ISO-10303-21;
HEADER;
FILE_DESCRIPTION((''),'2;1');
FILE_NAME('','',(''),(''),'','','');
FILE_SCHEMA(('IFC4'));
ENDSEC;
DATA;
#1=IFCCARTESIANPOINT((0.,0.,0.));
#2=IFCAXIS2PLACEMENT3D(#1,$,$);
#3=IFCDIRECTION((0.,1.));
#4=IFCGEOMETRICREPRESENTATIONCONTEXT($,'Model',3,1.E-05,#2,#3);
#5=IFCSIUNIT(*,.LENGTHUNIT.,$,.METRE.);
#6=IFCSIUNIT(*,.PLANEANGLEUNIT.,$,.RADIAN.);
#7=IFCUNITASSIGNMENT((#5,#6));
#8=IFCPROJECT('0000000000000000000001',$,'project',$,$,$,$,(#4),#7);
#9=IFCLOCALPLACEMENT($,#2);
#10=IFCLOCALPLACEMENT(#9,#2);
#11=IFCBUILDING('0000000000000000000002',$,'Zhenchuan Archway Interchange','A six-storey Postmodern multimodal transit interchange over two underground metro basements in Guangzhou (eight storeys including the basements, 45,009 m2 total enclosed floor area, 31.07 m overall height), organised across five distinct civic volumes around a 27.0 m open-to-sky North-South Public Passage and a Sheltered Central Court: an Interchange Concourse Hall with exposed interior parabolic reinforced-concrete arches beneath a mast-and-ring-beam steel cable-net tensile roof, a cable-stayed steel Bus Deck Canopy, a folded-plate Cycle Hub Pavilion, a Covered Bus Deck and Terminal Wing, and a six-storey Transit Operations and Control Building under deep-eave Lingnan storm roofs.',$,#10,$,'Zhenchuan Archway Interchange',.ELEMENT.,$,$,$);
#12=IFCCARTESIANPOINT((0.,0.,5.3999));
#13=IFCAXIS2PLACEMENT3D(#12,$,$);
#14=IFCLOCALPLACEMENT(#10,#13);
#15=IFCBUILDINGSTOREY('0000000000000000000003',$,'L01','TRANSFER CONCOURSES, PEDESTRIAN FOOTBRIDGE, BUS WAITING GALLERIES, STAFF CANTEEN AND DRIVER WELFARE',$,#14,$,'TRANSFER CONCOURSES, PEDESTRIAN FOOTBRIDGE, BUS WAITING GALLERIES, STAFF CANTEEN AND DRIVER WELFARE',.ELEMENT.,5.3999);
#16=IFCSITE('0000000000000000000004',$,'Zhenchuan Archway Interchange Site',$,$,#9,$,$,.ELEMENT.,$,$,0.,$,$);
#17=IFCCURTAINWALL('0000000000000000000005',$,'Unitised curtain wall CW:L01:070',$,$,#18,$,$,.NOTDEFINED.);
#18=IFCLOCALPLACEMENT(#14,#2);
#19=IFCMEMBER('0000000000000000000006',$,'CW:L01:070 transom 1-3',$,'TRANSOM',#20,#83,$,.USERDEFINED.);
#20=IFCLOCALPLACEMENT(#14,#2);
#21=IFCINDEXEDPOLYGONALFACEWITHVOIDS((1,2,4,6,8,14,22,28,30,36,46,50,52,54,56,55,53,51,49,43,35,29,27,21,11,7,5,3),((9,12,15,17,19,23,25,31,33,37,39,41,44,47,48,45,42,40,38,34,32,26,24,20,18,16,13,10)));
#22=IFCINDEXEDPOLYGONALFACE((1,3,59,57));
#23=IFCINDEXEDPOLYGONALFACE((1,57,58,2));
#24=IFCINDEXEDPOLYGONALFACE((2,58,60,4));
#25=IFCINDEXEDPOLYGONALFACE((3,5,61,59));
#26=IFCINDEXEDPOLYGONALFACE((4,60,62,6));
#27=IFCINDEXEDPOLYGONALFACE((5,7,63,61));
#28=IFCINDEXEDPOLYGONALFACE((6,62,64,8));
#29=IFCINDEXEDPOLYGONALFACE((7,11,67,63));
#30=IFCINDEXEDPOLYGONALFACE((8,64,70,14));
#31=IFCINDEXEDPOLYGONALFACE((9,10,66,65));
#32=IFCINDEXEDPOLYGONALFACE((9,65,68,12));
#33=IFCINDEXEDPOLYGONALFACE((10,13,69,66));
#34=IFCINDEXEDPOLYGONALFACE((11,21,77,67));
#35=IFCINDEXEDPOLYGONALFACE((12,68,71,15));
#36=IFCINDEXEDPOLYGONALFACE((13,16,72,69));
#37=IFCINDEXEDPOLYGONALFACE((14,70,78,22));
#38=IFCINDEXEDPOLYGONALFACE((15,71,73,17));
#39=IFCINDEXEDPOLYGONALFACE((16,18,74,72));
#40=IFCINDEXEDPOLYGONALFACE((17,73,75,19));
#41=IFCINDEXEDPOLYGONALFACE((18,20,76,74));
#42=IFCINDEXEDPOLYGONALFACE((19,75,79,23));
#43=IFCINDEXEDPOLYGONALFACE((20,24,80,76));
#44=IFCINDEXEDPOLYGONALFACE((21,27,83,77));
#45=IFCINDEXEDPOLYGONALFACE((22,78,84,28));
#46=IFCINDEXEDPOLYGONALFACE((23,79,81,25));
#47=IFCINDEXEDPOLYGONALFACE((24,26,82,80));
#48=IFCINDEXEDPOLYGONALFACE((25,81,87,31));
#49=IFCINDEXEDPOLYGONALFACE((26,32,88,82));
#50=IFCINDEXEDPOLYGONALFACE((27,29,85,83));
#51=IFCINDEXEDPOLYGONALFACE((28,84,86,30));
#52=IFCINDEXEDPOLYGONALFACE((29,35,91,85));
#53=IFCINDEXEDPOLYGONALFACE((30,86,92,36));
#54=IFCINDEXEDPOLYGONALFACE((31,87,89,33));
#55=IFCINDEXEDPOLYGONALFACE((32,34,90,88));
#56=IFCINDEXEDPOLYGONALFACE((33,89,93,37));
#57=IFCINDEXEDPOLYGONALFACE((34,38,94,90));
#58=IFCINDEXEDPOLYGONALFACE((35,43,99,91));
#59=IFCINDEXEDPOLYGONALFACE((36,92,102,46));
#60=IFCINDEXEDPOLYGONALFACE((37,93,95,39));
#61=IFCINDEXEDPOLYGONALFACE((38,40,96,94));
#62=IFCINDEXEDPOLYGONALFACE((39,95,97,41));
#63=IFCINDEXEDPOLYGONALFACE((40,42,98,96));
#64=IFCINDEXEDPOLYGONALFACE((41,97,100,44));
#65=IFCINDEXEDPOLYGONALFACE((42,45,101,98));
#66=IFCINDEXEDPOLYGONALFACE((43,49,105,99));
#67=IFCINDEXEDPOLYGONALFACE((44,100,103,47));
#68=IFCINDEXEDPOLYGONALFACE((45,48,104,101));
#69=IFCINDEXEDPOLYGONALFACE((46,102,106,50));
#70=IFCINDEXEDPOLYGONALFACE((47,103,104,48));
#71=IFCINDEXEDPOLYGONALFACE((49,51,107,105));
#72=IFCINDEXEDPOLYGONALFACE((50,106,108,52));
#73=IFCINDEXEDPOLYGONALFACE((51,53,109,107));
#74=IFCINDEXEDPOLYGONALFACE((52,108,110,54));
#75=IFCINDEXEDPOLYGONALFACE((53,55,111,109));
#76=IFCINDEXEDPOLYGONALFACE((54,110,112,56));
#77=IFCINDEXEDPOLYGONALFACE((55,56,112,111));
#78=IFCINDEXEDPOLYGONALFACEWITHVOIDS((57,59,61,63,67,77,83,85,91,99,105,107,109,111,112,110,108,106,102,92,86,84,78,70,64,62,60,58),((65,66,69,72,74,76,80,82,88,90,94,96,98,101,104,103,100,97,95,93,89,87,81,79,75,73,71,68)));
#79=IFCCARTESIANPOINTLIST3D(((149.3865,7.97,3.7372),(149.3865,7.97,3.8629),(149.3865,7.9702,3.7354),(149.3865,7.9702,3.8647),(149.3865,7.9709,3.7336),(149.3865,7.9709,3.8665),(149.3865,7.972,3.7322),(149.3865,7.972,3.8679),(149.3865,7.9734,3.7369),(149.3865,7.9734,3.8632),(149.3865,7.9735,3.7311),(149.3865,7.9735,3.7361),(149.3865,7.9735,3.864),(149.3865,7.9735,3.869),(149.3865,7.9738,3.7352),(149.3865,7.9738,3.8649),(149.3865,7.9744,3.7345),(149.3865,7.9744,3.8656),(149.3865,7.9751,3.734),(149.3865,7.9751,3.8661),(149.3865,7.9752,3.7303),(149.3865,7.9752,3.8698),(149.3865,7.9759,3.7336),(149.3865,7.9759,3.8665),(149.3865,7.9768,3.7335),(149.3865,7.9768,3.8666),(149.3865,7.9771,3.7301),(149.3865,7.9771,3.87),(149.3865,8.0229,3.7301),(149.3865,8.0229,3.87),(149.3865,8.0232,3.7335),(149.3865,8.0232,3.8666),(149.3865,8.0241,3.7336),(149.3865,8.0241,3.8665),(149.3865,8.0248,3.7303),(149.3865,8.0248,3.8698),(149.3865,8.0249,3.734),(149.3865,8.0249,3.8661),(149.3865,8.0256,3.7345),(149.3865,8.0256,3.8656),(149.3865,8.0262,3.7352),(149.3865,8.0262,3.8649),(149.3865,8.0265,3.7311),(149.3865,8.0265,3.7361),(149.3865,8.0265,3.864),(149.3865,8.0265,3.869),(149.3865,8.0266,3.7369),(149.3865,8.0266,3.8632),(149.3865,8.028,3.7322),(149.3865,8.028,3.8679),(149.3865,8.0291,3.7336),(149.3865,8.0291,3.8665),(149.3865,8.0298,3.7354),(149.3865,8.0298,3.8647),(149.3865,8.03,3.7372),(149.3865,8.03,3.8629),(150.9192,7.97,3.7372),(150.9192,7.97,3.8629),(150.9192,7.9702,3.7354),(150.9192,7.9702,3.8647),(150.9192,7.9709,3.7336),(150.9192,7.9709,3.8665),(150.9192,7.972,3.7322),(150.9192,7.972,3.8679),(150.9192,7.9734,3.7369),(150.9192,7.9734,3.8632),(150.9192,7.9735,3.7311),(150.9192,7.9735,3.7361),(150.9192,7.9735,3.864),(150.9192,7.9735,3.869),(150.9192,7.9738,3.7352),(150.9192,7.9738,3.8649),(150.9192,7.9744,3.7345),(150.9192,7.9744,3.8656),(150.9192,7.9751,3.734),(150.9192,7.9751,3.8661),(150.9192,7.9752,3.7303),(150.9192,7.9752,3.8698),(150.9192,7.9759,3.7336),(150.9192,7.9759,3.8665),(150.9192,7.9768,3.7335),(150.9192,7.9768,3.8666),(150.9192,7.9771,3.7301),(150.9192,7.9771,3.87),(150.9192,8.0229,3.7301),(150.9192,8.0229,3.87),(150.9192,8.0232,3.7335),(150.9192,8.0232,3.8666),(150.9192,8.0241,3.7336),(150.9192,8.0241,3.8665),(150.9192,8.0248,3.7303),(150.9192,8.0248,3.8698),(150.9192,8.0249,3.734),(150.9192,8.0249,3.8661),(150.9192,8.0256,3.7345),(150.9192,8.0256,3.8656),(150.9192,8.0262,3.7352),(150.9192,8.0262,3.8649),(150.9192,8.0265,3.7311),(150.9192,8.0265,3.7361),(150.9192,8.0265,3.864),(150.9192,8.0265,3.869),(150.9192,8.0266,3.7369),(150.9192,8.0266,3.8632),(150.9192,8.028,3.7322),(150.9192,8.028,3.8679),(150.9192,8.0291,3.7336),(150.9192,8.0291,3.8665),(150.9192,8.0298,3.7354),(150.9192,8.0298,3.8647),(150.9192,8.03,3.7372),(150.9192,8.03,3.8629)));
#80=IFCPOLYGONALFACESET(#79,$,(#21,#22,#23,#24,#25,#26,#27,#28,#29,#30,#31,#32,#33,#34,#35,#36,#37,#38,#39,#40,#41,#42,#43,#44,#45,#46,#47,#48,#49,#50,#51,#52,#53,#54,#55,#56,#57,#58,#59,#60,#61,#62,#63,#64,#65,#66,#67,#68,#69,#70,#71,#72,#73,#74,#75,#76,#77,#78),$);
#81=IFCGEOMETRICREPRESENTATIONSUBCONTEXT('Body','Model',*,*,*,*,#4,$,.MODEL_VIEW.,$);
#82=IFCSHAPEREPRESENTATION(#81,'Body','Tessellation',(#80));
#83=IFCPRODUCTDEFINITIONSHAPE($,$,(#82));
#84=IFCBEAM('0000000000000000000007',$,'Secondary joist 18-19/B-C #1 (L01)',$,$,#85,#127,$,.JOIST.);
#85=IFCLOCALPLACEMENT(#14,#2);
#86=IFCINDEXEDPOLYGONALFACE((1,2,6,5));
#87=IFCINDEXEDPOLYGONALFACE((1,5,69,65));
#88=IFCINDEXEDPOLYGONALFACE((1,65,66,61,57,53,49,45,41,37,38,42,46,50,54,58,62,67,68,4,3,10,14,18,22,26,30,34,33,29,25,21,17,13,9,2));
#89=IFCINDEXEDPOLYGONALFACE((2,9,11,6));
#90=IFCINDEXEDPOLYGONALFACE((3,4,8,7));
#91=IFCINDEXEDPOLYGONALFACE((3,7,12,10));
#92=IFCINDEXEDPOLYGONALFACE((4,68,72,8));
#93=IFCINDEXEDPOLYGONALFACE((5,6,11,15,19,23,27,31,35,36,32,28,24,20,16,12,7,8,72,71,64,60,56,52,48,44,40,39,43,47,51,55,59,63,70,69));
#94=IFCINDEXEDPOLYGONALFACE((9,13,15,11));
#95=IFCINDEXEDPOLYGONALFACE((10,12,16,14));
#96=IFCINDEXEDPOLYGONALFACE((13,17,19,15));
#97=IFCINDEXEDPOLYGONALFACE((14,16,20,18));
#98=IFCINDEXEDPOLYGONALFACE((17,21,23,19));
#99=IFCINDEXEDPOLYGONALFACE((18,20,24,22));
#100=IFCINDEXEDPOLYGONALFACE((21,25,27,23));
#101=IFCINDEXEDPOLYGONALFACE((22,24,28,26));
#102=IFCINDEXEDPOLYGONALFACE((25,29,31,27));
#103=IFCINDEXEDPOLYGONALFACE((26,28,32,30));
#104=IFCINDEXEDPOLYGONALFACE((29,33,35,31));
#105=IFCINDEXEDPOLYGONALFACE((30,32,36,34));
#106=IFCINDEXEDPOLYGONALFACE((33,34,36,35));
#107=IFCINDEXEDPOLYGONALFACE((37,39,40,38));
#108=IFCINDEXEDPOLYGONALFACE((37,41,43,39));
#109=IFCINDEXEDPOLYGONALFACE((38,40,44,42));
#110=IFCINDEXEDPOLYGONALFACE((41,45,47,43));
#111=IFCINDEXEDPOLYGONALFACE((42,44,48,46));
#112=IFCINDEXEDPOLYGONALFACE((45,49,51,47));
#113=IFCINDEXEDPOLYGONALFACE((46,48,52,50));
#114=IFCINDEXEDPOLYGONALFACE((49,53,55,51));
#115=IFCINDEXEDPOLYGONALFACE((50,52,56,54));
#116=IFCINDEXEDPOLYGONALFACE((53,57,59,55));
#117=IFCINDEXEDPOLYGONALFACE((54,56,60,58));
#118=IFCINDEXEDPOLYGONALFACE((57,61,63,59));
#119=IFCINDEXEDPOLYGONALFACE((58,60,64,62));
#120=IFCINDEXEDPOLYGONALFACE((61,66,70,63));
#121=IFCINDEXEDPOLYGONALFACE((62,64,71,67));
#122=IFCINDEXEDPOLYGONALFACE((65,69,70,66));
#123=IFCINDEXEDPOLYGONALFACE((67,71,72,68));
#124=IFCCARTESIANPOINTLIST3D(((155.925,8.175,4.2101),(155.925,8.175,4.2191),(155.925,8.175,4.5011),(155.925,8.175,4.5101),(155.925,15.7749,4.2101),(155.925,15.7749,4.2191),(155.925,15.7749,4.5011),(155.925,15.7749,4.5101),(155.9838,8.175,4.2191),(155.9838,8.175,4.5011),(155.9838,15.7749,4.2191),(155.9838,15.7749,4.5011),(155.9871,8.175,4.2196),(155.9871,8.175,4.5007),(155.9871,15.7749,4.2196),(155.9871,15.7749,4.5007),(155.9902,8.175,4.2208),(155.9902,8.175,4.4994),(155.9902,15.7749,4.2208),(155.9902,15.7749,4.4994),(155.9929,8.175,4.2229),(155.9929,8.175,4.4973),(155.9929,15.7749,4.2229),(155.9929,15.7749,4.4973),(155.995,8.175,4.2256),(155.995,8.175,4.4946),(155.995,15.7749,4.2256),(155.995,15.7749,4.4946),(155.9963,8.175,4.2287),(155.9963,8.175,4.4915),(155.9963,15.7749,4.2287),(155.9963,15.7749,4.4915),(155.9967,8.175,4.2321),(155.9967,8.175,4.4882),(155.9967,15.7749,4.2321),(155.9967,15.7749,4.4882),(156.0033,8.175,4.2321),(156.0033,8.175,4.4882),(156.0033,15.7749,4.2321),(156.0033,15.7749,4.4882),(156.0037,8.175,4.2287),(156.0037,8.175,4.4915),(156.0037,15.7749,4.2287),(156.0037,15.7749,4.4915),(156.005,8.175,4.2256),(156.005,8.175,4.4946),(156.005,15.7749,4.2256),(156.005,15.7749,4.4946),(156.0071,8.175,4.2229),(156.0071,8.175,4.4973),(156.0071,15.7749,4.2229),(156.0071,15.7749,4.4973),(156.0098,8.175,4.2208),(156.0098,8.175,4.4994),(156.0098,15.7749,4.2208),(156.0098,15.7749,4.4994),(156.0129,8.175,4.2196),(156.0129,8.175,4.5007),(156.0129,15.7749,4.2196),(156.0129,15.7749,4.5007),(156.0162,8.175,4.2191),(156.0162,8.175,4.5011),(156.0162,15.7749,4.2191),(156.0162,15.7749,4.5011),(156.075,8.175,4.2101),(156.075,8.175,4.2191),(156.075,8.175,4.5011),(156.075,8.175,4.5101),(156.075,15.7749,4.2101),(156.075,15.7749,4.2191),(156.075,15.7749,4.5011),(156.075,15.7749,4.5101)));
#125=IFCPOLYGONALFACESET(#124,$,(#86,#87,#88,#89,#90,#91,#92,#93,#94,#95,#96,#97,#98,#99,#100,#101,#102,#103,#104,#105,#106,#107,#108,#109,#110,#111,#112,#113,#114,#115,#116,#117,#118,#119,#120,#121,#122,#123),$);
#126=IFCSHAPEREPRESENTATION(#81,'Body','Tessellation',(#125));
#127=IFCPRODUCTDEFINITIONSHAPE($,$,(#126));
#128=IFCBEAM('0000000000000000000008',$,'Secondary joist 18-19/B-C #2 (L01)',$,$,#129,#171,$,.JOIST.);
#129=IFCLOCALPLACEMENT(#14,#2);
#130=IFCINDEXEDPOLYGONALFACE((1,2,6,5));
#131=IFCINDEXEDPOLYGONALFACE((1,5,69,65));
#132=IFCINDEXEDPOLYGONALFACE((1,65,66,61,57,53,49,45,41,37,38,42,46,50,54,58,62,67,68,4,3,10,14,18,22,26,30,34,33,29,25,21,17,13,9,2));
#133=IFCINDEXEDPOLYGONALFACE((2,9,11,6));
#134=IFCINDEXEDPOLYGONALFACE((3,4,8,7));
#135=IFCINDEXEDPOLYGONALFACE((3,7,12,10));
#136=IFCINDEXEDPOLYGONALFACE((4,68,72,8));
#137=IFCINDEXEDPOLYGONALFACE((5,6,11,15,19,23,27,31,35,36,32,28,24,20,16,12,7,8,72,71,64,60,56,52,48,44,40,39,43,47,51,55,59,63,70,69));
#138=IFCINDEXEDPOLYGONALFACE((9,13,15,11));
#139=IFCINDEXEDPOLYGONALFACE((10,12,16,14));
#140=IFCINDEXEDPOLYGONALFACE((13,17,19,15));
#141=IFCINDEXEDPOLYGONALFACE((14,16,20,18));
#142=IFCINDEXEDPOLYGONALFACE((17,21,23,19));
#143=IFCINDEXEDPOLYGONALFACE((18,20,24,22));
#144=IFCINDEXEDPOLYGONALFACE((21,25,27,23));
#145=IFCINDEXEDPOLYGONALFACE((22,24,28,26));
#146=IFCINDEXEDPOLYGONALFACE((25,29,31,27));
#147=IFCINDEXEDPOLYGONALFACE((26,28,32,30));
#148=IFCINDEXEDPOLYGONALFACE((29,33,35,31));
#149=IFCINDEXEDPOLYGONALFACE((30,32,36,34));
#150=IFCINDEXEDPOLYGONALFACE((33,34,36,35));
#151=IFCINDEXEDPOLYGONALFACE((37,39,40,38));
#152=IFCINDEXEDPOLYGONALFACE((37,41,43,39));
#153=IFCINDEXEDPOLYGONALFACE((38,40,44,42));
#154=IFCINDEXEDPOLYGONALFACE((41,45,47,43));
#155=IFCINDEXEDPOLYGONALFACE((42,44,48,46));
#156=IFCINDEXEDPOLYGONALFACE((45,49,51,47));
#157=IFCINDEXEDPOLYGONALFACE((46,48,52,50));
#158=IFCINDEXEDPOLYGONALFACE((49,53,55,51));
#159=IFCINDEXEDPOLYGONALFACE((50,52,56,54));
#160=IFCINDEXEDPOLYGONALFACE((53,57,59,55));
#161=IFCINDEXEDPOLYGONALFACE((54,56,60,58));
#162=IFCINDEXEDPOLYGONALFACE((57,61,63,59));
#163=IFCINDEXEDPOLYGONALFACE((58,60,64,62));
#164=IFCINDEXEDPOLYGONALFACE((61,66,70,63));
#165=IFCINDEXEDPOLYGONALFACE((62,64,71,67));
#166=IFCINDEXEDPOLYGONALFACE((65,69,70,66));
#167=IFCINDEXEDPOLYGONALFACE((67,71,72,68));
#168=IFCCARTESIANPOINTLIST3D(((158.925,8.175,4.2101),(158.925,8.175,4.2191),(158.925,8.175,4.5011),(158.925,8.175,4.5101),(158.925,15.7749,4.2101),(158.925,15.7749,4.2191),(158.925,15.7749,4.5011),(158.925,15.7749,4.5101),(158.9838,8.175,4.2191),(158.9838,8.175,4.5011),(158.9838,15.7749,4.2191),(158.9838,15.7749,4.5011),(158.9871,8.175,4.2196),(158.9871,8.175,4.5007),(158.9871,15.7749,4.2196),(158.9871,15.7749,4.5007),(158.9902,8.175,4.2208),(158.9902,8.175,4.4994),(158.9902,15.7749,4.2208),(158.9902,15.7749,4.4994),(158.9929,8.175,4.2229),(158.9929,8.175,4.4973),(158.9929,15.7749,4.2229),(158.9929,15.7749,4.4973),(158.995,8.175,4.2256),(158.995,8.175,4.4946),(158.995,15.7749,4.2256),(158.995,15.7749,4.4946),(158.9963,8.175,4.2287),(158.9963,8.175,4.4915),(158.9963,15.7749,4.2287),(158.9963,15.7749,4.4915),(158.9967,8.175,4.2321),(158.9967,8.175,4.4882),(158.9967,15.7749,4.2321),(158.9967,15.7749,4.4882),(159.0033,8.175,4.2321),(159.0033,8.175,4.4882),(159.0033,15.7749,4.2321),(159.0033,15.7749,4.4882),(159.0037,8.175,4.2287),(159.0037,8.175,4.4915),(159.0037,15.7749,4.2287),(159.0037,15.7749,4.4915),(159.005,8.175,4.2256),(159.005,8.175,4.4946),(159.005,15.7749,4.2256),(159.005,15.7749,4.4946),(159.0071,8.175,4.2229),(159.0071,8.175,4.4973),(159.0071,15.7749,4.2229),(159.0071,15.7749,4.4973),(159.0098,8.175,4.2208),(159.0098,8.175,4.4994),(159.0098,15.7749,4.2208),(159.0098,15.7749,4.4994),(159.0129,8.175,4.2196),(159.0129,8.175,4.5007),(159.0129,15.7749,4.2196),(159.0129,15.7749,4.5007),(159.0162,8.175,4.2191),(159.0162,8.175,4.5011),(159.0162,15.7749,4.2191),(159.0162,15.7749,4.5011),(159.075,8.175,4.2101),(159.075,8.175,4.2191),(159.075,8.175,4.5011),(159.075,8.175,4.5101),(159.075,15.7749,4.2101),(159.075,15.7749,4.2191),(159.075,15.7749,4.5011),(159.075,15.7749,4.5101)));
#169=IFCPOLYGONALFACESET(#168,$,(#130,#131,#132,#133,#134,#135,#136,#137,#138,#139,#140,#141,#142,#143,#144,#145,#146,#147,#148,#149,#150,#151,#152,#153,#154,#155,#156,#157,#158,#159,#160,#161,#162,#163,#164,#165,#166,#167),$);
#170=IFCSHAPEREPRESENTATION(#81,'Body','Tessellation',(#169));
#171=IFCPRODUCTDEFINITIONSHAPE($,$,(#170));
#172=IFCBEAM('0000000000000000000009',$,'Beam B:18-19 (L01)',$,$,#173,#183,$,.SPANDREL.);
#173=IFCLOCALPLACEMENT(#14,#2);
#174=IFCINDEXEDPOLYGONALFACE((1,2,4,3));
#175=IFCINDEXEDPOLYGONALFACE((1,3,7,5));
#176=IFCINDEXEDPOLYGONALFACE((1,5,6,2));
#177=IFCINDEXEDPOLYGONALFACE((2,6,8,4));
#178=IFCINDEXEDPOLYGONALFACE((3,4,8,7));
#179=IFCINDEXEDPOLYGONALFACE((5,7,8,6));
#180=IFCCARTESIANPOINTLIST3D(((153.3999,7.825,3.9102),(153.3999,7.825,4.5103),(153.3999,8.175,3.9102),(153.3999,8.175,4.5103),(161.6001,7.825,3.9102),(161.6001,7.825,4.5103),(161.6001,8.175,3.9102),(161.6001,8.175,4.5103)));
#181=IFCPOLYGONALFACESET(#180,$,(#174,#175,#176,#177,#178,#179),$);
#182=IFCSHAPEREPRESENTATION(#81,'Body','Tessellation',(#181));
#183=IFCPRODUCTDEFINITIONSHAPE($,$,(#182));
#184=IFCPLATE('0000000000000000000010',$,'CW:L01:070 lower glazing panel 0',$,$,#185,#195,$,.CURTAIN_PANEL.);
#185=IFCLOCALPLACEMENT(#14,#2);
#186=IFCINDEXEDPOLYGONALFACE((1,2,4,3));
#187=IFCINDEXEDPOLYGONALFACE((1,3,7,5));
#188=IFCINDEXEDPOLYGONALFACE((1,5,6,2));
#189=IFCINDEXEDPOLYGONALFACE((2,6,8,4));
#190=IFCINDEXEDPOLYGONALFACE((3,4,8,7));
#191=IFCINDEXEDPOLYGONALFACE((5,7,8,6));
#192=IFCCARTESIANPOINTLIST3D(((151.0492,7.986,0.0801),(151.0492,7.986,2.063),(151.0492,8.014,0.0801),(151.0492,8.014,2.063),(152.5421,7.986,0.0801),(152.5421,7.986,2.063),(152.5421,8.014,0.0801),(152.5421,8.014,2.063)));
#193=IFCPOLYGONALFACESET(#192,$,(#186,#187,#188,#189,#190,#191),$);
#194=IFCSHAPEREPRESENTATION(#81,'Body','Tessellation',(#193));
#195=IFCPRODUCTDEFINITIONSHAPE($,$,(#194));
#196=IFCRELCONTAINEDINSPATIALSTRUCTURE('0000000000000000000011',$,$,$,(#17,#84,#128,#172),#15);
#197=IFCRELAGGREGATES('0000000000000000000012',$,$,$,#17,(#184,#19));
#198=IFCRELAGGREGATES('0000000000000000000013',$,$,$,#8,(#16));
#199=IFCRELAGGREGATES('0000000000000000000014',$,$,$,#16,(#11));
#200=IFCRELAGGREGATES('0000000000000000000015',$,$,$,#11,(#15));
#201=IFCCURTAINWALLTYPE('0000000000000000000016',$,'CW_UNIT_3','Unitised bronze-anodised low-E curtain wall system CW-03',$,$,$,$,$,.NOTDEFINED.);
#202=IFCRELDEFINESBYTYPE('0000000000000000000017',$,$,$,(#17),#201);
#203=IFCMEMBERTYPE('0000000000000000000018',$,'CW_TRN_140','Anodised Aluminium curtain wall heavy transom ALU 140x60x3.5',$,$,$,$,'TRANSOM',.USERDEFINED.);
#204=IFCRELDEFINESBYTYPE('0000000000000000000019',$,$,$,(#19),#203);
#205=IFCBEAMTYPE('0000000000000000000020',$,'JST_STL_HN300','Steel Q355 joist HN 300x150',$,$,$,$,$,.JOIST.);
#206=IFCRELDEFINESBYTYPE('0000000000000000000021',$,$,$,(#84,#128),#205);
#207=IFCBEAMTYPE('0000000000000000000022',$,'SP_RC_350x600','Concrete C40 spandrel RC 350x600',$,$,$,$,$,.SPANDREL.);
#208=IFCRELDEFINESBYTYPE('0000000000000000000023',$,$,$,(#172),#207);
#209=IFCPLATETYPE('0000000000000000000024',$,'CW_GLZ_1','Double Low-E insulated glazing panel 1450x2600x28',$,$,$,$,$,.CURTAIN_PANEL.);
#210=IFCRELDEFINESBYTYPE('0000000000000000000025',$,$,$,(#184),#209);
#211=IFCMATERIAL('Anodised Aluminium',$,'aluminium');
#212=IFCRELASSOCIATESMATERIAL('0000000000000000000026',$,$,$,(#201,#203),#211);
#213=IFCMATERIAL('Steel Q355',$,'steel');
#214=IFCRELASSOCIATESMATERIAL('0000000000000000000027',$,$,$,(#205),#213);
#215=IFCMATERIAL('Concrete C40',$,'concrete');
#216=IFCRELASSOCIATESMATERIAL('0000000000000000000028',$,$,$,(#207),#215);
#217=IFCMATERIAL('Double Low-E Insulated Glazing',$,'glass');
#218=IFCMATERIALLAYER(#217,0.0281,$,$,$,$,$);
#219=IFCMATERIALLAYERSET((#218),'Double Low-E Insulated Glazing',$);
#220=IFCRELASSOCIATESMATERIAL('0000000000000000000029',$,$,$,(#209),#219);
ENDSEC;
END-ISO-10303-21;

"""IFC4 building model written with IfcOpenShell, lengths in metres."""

from ifc_helpers import new_model, si_unit, direction, frame, origin, origin_2d, place, context, subcontext, project, spatial, rectangle, hollow_rectangle, i_section, extrude, material, layer, layer_set, material_profile, profile_set, type_object, element, aggregate, save


model = new_model("IFC4")

# Units and contexts
model_context = context("Model", 3, precision=1e-05, world=origin(), true_north=direction((0.0, 1.0)))
body_context = subcontext(model_context, "Body", "Model", "MODEL_VIEW")
ifc_project = project(units=[si_unit("LENGTHUNIT", "METRE"), si_unit("PLANEANGLEUNIT", "RADIAN")], contexts=[model_context])

# Site, building, storey
site_placement = place(None, origin())
site = spatial("IfcSite", under=ifc_project, at=site_placement, Name="Zhenchuan Archway Interchange Site", CompositionType="ELEMENT", RefElevation=0.0)
building_placement = place(site_placement, origin())
building = spatial("IfcBuilding", under=site, at=building_placement, Name="Zhenchuan Archway Interchange", Description="A six-storey Postmodern multimodal transit interchange over two underground metro basements in Guangzhou (eight storeys including the basements, 45,009 m2 total enclosed floor area, 31.07 m overall height), organised across five distinct civic volumes around a 27.0 m open-to-sky North-South Public Passage and a Sheltered Central Court: an Interchange Concourse Hall with exposed interior parabolic reinforced-concrete arches beneath a mast-and-ring-beam steel cable-net tensile roof, a cable-stayed steel Bus Deck Canopy, a folded-plate Cycle Hub Pavilion, a Covered Bus Deck and Terminal Wing, and a six-storey Transit Operations and Control Building under deep-eave Lingnan storm roofs.", LongName="Zhenchuan Archway Interchange", CompositionType="ELEMENT")
storey_placement = place(building_placement, frame((0.0, 0.0, 5.3999)))
storey = spatial("IfcBuildingStorey", under=building, at=storey_placement, Name="L01", Description="TRANSFER CONCOURSES, PEDESTRIAN FOOTBRIDGE, BUS WAITING GALLERIES, STAFF CANTEEN AND DRIVER WELFARE", LongName="TRANSFER CONCOURSES, PEDESTRIAN FOOTBRIDGE, BUS WAITING GALLERIES, STAFF CANTEEN AND DRIVER WELFARE", CompositionType="ELEMENT", Elevation=5.3999)

# Shared definitions
ifc_material_1 = material(Name="Concrete C40", Category="concrete")

# Curtain wall, member
ifc_material_2 = material(Name="Anodised Aluminium", Category="aluminium")
curtain_wall_type = type_object("IfcCurtainWallType", Name="CW_UNIT_3", Description="Unitised bronze-anodised low-E curtain wall system CW-03", PredefinedType="NOTDEFINED", material=ifc_material_2)
curtain_wall_placement = place(storey_placement, origin())
curtain_wall = element("IfcCurtainWall", 1, at=curtain_wall_placement, inside=storey, type_object=curtain_wall_type, Name="Unitised curtain wall CW:L01:070", PredefinedType="NOTDEFINED")
ifc_material_profile_1 = material_profile(ifc_material_2, hollow_rectangle(XDim=0.0601, YDim=0.1399, WallThickness=0.0034, InnerFilletRadius=0.0034, OuterFilletRadius=0.0071, at=origin_2d()), Name="ALU 140x60x3.5")
ifc_profile_set_1 = profile_set([ifc_material_profile_1], Name="Anodised Aluminium")
member_type_1 = type_object("IfcMemberType", Name="CW_TRN_140", Description="Anodised Aluminium curtain wall heavy transom ALU 140x60x3.5", ElementType="TRANSOM", PredefinedType="USERDEFINED", material=ifc_profile_set_1)
member_1_placement = place(storey_placement, frame((150.9192, 8.0, 3.8), z_axis=(-1.0, 0.0, 0.0), x_axis=(0.0, -1.0, 0.0)))
member_1 = element("IfcMember", 2, at=member_1_placement, type_object=member_type_1, Name="CW:L01:070 transom 1-3", ObjectType="TRANSOM", PredefinedType="USERDEFINED", context=body_context, shape_type="SweptSolid", body=[
    extrude(hollow_rectangle(XDim=0.0601, YDim=0.1399, WallThickness=0.0034, InnerFilletRadius=0.0034, OuterFilletRadius=0.0071, at=origin_2d()), origin(), (0.0, 0.0, 1.0), 1.5327),
])

# Beams
ifc_material_3 = material(Name="Steel Q355", Category="steel")
ifc_material_profile_2 = material_profile(ifc_material_3, i_section(OverallWidth=0.1499, OverallDepth=0.3, WebThickness=0.0066, FlangeThickness=0.009, FilletRadius=0.0129, at=origin_2d()), Name="HN 300x150")
ifc_profile_set_2 = profile_set([ifc_material_profile_2], Name="Steel Q355")
beam_type_1 = type_object("IfcBeamType", Name="JST_STL_HN300", Description="Steel Q355 joist HN 300x150", PredefinedType="JOIST", material=ifc_profile_set_2)
for number, where, z_axis, x_axis, name in (
    (3, (156.0, 8.175, 4.3601), (0.0, 1.0, 0.0), (-1.0, 0.0, 0.0), "Secondary joist 18-19/B-C #1 (L01)"),
    (4, (159.0, 8.175, 4.3601), (0.0, 1.0, 0.0), (-1.0, 0.0, 0.0), "Secondary joist 18-19/B-C #2 (L01)"),
):
    element("IfcBeam", number, at=place(storey_placement, frame(where, z_axis=z_axis, x_axis=x_axis)), inside=storey, type_object=beam_type_1, Name=name, PredefinedType="JOIST", context=body_context, shape_type="SweptSolid", body=[
        extrude(i_section(OverallWidth=0.1499, OverallDepth=0.3, WebThickness=0.0066, FlangeThickness=0.009, FilletRadius=0.0129, at=origin_2d()), origin(), (0.0, 0.0, 1.0), 7.5999),
    ])
ifc_material_profile_3 = material_profile(ifc_material_1, rectangle(XDim=0.3501, YDim=0.6001, at=origin_2d()), Name="RC 350x600")
ifc_profile_set_3 = profile_set([ifc_material_profile_3], Name="Concrete C40")
beam_type_2 = type_object("IfcBeamType", Name="SP_RC_350x600", Description="Concrete C40 spandrel RC 350x600", PredefinedType="SPANDREL", material=ifc_profile_set_3)
beam_1_placement = place(storey_placement, frame((153.3999, 8.0, 4.2102), z_axis=(1.0, 0.0, 0.0), x_axis=(0.0, 1.0, 0.0)))
element("IfcBeam", 5, at=beam_1_placement, inside=storey, type_object=beam_type_2, Name="Beam B:18-19 (L01)", PredefinedType="SPANDREL", context=body_context, shape_type="SweptSolid", body=[
    extrude(rectangle(XDim=0.3501, YDim=0.6001, at=origin_2d()), origin(), (0.0, 0.0, 1.0), 8.2002),
])

# Plate
ifc_material_4 = material(Name="Double Low-E Insulated Glazing", Category="glass")
ifc_layer_1 = layer(ifc_material_4, 0.0281)
ifc_layer_set_1 = layer_set([ifc_layer_1], Name="Double Low-E Insulated Glazing")
plate_type_1 = type_object("IfcPlateType", Name="CW_GLZ_1", Description="Double Low-E insulated glazing panel 1450x2600x28", PredefinedType="CURTAIN_PANEL", material=ifc_layer_set_1)
plate_1_placement = place(storey_placement, frame((151.7957, 8.0, 0.0801), z_axis=(0.0, 0.0, 1.0), x_axis=(-1.0, 0.0, 0.0)))
plate_1 = element("IfcPlate", 6, at=plate_1_placement, type_object=plate_type_1, Name="CW:L01:070 lower glazing panel 0", PredefinedType="CURTAIN_PANEL", context=body_context, shape_type="SweptSolid", body=[
    extrude(rectangle(XDim=1.4929, YDim=0.0281, at=origin_2d()), origin(), (0.0, 0.0, 1.0), 1.9829),
])
aggregate(curtain_wall, [plate_1, member_1])

save(model, "model.ifc")
